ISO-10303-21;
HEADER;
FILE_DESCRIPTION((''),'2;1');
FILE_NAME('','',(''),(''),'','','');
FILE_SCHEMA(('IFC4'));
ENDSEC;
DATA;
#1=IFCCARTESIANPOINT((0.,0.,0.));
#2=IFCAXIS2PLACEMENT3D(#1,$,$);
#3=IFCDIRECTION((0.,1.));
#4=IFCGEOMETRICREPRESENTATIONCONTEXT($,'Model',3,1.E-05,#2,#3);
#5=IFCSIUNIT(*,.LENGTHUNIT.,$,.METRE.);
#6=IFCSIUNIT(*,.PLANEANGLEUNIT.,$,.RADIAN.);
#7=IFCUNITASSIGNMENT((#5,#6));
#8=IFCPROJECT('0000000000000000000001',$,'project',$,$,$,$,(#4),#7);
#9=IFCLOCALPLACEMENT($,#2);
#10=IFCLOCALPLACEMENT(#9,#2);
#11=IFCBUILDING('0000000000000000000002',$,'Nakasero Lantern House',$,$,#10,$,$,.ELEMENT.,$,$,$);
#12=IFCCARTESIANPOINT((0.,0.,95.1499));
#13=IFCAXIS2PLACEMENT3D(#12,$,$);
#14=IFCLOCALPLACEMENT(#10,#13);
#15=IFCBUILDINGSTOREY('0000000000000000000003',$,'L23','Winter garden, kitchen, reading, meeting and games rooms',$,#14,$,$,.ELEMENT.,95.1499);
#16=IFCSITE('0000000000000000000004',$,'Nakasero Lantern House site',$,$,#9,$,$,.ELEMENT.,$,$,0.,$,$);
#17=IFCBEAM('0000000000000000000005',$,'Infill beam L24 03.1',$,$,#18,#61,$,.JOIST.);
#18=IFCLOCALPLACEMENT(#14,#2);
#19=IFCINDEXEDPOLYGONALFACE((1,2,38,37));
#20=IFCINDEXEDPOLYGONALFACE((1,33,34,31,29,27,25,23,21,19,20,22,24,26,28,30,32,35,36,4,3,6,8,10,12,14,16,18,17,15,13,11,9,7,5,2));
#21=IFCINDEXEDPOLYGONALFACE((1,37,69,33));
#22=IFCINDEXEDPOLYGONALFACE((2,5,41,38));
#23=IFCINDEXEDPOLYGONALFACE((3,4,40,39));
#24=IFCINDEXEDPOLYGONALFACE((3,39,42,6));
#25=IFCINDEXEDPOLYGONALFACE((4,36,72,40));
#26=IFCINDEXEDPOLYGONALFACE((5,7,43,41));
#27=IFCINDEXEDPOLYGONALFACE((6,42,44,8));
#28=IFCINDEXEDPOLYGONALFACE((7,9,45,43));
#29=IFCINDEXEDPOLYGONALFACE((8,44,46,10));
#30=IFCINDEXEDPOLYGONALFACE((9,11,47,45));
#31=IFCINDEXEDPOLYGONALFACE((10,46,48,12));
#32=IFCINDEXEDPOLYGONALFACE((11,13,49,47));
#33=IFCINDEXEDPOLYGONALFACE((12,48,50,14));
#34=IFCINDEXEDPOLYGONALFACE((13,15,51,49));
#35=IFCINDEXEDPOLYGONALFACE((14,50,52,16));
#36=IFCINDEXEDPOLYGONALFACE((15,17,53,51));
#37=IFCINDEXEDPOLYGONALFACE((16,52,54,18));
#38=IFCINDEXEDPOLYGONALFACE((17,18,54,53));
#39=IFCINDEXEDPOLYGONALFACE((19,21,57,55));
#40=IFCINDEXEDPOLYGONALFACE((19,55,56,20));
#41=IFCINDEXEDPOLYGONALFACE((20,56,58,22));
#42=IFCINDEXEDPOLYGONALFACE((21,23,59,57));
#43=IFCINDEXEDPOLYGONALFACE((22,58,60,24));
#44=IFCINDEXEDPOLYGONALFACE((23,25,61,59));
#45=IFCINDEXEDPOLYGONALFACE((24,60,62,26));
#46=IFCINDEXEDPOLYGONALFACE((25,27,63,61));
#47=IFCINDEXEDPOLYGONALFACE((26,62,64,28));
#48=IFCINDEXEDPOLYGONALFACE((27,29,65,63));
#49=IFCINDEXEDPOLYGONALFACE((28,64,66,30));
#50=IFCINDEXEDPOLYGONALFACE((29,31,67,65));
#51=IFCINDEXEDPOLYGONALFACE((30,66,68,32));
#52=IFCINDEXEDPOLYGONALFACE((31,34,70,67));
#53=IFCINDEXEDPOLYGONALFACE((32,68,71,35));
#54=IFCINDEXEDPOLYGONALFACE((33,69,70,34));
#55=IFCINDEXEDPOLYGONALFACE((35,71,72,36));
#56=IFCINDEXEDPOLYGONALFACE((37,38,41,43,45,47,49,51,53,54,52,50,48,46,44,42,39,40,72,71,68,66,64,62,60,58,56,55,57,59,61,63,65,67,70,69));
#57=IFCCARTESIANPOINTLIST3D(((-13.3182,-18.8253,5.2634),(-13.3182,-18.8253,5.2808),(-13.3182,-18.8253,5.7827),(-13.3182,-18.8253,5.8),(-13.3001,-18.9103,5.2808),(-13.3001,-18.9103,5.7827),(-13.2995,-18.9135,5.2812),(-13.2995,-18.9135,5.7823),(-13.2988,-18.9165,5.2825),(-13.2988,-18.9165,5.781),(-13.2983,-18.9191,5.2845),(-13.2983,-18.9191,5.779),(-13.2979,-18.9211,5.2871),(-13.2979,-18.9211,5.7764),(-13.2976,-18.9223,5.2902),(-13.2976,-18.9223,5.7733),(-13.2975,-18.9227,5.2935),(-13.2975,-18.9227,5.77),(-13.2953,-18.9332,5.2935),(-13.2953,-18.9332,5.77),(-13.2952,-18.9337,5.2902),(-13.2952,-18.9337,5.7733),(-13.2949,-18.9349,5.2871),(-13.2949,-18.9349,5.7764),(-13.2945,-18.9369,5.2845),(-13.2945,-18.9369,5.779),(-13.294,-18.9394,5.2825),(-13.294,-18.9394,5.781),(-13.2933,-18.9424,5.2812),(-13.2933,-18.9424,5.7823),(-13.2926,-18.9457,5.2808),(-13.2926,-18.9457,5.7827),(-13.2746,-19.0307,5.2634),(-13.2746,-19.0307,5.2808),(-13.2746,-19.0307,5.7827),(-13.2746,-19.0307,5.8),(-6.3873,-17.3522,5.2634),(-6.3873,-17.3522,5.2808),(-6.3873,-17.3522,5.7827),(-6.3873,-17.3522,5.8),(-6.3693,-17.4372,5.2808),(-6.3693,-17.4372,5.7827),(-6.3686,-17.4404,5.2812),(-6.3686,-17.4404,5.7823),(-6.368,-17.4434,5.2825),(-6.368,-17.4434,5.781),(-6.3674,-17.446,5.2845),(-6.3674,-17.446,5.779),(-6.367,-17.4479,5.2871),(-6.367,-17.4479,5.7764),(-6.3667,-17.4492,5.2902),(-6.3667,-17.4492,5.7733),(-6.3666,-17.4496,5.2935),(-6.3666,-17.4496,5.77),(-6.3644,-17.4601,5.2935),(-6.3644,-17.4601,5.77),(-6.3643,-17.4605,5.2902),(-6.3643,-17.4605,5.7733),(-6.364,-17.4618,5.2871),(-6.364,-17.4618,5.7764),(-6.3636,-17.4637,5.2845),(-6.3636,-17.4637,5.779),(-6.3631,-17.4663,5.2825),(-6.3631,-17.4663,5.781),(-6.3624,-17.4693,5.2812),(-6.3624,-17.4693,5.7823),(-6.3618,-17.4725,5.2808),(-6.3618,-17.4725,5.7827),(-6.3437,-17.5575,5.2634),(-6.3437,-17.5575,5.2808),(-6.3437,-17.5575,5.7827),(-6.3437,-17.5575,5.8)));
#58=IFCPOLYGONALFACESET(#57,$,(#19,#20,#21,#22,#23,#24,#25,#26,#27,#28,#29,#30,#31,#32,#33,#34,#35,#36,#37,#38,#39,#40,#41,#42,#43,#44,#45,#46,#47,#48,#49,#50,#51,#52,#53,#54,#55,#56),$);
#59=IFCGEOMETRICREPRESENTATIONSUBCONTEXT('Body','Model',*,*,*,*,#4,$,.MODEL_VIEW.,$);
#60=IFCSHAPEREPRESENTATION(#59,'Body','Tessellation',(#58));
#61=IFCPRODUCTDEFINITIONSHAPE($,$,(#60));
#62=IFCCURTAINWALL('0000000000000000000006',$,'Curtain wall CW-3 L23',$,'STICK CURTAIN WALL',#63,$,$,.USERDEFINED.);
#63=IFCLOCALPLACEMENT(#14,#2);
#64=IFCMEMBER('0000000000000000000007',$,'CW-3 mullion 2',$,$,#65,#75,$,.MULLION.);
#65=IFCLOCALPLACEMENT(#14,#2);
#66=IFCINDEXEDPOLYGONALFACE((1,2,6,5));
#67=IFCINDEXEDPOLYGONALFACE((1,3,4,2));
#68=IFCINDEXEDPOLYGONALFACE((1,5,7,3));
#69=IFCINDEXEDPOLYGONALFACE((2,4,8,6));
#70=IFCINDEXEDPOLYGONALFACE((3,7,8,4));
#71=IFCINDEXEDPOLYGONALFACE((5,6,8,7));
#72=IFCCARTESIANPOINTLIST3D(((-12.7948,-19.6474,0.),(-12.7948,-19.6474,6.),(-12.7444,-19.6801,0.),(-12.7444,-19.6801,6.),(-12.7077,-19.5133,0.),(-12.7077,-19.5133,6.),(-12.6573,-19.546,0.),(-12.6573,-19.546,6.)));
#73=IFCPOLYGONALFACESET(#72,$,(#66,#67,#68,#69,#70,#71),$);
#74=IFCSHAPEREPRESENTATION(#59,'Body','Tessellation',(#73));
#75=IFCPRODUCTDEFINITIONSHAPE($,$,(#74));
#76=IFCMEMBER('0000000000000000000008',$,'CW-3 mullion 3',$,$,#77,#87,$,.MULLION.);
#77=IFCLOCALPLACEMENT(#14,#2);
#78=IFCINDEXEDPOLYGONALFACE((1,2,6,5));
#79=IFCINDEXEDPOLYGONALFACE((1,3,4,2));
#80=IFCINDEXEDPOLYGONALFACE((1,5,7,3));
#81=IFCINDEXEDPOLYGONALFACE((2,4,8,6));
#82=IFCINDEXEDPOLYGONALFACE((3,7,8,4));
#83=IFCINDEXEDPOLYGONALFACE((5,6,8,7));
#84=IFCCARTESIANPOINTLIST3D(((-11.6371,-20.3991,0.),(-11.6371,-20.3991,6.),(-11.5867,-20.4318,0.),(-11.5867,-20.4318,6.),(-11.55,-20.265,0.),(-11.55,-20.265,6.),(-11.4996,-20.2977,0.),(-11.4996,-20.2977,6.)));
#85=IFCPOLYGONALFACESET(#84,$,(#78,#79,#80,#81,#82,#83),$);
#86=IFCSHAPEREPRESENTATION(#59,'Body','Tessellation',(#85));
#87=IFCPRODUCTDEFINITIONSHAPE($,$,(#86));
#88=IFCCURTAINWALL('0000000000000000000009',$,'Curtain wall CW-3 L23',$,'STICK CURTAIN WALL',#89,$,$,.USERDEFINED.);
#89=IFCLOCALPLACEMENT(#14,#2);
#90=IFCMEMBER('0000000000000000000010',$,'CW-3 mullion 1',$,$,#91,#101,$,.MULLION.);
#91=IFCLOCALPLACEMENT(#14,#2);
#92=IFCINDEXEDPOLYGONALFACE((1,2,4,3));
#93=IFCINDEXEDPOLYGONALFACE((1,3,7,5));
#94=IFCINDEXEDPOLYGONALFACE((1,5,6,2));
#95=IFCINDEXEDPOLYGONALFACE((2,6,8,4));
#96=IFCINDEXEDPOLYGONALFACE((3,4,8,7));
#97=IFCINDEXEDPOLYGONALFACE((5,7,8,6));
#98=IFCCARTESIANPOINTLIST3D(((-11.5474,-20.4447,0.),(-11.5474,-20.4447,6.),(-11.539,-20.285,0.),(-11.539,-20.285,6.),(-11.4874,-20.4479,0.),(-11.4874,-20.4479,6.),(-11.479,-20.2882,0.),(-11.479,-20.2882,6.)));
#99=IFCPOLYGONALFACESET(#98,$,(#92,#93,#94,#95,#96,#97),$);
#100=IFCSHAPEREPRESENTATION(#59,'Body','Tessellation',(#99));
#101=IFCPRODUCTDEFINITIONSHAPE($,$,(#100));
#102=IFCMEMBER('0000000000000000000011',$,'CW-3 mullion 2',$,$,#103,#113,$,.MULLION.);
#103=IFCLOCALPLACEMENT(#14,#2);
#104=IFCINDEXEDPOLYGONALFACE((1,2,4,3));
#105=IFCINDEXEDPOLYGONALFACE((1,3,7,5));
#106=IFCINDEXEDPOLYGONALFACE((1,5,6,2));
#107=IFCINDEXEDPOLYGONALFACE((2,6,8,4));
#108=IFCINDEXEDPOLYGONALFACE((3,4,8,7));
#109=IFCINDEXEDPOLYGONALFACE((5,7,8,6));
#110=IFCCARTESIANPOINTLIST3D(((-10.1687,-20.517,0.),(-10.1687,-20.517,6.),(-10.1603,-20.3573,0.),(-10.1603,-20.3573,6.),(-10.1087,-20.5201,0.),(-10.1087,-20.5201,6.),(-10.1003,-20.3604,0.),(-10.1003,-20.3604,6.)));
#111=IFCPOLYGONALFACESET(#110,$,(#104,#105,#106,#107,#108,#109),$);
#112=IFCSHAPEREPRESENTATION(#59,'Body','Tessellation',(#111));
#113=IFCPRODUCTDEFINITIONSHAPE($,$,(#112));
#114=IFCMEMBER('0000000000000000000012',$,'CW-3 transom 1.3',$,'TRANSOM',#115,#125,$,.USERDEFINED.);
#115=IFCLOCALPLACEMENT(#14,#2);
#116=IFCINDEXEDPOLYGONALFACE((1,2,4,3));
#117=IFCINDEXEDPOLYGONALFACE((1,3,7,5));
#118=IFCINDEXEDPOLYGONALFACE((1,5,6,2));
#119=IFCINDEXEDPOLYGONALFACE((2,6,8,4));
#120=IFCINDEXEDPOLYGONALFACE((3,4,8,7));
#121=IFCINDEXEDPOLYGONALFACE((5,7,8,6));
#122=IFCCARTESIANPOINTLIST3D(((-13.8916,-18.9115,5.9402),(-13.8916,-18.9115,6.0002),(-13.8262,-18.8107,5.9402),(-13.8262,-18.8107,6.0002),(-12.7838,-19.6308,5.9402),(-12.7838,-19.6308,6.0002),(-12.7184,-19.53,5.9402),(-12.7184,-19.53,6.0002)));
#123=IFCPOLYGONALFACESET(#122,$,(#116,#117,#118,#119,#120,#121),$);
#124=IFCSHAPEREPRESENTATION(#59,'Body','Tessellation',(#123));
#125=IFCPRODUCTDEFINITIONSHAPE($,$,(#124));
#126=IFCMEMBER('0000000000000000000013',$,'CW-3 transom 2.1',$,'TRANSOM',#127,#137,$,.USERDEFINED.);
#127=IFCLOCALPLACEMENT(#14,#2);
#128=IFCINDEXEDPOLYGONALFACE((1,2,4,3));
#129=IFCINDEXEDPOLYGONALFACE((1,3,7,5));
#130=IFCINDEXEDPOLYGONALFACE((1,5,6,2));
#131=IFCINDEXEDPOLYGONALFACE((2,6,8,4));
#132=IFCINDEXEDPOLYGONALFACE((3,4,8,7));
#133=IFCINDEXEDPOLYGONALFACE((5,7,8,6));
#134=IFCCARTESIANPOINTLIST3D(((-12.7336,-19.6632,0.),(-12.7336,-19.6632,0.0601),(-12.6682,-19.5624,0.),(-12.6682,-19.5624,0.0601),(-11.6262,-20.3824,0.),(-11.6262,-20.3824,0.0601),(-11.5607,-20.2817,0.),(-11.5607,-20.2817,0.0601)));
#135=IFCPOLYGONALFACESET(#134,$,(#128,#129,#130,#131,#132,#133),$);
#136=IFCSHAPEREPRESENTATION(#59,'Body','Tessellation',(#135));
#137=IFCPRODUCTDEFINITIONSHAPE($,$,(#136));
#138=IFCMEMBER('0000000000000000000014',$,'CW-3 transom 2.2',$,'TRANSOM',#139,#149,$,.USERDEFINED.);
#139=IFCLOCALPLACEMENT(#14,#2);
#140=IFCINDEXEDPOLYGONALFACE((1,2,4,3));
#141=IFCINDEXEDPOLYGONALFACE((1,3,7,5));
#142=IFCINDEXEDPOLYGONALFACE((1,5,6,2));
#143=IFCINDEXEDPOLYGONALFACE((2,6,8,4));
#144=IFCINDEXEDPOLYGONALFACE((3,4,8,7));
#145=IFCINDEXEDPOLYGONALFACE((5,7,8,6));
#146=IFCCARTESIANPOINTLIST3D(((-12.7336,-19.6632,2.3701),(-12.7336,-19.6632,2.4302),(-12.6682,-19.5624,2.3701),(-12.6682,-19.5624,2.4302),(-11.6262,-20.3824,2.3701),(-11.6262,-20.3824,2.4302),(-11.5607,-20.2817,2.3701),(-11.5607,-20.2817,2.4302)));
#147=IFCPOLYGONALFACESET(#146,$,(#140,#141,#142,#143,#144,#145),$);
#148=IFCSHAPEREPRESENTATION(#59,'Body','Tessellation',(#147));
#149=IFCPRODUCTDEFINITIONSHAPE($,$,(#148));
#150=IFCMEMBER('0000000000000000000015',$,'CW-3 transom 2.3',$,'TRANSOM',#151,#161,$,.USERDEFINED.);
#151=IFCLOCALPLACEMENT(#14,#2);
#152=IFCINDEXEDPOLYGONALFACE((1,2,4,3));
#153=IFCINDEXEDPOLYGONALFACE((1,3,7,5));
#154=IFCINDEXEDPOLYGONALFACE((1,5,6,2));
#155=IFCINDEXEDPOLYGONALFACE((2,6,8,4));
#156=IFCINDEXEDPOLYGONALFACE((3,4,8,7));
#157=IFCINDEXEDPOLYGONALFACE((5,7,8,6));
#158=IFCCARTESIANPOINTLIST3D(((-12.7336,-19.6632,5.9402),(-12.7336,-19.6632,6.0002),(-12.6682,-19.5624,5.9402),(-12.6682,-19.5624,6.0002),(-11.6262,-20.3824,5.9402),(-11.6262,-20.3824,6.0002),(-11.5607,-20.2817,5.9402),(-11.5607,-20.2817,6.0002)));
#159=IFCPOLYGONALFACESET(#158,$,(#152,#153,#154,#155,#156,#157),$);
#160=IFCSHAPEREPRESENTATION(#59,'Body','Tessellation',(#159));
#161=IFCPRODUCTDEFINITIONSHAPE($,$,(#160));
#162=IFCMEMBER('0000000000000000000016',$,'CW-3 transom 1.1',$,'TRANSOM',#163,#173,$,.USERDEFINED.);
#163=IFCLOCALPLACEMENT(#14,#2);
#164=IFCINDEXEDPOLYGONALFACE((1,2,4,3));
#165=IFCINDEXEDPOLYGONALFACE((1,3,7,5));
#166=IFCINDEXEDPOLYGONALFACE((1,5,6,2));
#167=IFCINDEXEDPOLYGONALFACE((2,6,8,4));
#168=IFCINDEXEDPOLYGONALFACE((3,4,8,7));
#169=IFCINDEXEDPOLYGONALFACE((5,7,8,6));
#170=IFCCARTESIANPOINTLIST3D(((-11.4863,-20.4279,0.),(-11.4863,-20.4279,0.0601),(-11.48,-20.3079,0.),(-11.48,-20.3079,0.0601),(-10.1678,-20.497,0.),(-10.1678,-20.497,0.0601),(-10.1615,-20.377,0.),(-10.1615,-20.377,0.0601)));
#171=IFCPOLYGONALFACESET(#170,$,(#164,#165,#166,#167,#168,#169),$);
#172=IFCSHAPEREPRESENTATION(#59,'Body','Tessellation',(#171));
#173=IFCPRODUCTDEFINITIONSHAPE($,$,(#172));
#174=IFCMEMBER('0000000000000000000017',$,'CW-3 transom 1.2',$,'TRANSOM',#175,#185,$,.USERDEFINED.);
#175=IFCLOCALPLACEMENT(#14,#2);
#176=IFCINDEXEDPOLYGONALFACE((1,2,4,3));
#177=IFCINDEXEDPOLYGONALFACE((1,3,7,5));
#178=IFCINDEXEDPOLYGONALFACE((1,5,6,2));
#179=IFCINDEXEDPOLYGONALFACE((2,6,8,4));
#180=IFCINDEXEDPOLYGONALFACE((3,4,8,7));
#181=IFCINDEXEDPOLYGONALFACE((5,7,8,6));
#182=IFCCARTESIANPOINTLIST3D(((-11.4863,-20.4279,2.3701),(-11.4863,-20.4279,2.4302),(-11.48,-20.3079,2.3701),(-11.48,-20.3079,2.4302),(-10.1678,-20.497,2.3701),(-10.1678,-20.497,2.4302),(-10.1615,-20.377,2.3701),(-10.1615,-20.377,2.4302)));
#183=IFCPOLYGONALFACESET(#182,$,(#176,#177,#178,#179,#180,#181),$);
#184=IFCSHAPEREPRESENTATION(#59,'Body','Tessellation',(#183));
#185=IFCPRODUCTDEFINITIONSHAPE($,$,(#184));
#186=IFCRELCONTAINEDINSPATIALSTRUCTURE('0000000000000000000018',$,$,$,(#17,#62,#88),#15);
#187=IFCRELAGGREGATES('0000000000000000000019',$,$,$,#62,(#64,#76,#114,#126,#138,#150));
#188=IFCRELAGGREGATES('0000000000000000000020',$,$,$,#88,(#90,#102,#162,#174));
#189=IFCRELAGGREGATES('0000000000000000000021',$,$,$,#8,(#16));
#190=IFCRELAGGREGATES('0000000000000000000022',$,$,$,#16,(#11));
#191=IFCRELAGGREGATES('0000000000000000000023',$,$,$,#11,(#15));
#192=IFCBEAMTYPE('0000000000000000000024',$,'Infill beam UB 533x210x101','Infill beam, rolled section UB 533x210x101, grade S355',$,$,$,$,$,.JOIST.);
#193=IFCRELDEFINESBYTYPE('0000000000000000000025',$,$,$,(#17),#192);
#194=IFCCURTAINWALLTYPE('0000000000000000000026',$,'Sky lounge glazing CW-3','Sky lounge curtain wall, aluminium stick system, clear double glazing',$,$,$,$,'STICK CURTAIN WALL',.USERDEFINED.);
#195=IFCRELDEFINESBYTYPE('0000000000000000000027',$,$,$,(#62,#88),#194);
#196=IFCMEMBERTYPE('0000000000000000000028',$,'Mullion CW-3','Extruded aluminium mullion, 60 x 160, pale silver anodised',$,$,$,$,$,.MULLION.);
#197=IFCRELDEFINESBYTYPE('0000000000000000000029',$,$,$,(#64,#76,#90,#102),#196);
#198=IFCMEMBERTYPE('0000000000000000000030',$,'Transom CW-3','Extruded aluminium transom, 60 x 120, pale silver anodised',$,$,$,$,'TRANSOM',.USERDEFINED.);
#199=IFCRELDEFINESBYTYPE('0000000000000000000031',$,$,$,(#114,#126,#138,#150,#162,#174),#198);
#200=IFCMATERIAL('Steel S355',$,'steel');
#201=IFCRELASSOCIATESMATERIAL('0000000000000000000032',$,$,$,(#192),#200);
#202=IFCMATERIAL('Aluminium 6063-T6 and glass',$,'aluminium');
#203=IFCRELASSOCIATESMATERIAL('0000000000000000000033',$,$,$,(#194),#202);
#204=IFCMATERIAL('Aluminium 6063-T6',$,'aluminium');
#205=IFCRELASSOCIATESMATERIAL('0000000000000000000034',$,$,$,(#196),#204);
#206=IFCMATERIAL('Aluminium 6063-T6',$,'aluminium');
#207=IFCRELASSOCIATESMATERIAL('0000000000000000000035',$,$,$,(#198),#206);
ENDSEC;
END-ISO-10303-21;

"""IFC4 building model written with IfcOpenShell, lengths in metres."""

from ifc_helpers import new_model, si_unit, direction, frame, origin, origin_2d, place, context, subcontext, project, spatial, rectangle, i_section, extrude, material, material_profile, profile_set, type_object, element, aggregate, save


model = new_model("IFC4")

# Units and contexts
model_context = context("Model", 3, precision=1e-05, world=origin(), true_north=direction((0.0, 1.0)))
body_context = subcontext(model_context, "Body", "Model", "MODEL_VIEW")
ifc_project = project(units=[si_unit("LENGTHUNIT", "METRE"), si_unit("PLANEANGLEUNIT", "RADIAN")], contexts=[model_context])

# Site, building, storey
site_placement = place(None, origin())
site = spatial("IfcSite", under=ifc_project, at=site_placement, Name="Nakasero Lantern House site", CompositionType="ELEMENT", RefElevation=0.0)
building_placement = place(site_placement, origin())
building = spatial("IfcBuilding", under=site, at=building_placement, Name="Nakasero Lantern House", CompositionType="ELEMENT")
storey_placement = place(building_placement, frame((0.0, 0.0, 95.1499)))
storey = spatial("IfcBuildingStorey", under=building, at=storey_placement, Name="L23", Description="Winter garden, kitchen, reading, meeting and games rooms", CompositionType="ELEMENT", Elevation=95.1499)

# Beam
ifc_material_1 = material(Name="Steel S355", Category="steel")
ifc_material_profile_1 = material_profile(ifc_material_1, i_section(OverallWidth=0.21, OverallDepth=0.5366, WebThickness=0.0107, FlangeThickness=0.0173, FilletRadius=0.0127, at=origin_2d()), Name="UB 533x210x101")
ifc_profile_set_1 = profile_set([ifc_material_profile_1], Name="Steel S355")
beam_type = type_object("IfcBeamType", Name="Infill beam UB 533x210x101", Description="Infill beam, rolled section UB 533x210x101, grade S355", PredefinedType="JOIST", material=ifc_profile_set_1)
beam_placement = place(storey_placement, frame((-13.2964, -18.928, 5.5317), z_axis=(0.978149, 0.207903, 0.0), x_axis=(-0.207903, 0.978149, 0.0)))
element("IfcBeam", 1, at=beam_placement, inside=storey, type_object=beam_type, Name="Infill beam L24 03.1", PredefinedType="JOIST", context=body_context, shape_type="SweptSolid", body=[
    extrude(i_section(OverallWidth=0.21, OverallDepth=0.5366, WebThickness=0.0107, FlangeThickness=0.0173, FilletRadius=0.0127, at=origin_2d()), origin(), (0.0, 0.0, 1.0), 7.0857),
])

# Curtain walls, members
ifc_material_2 = material(Name="Aluminium 6063-T6 and glass", Category="aluminium")
curtain_wall_type = type_object("IfcCurtainWallType", Name="Sky lounge glazing CW-3", Description="Sky lounge curtain wall, aluminium stick system, clear double glazing", ElementType="STICK CURTAIN WALL", PredefinedType="USERDEFINED", material=ifc_material_2)
curtain_wall_1_placement = place(storey_placement, origin())
curtain_wall_1 = element("IfcCurtainWall", 2, at=curtain_wall_1_placement, inside=storey, type_object=curtain_wall_type, Name="Curtain wall CW-3 L23", ObjectType="STICK CURTAIN WALL", PredefinedType="USERDEFINED")
ifc_material_3 = material(Name="Aluminium 6063-T6", Category="aluminium")
ifc_material_profile_2 = material_profile(ifc_material_3, rectangle(XDim=0.0601, YDim=0.1599, at=origin_2d()), Name="CW-3 mullion 60x160")
ifc_profile_set_2 = profile_set([ifc_material_profile_2], Name="Aluminium 6063-T6")
member_type_1 = type_object("IfcMemberType", Name="Mullion CW-3", Description="Extruded aluminium mullion, 60 x 160, pale silver anodised", PredefinedType="MULLION", material=ifc_profile_set_2)
member_1_placement = place(storey_placement, frame((-12.7261, -19.5967, 0.0), z_axis=(0.0, 0.0, 1.0), x_axis=(0.838671, -0.544639, 0.0)))
member_1 = element("IfcMember", 3, at=member_1_placement, type_object=member_type_1, Name="CW-3 mullion 2", PredefinedType="MULLION", context=body_context, shape_type="SweptSolid", body=[
    extrude(rectangle(XDim=0.0601, YDim=0.1599, at=origin_2d()), origin(), (0.0, 0.0, 1.0), 6.0),
])
member_2_placement = place(storey_placement, frame((-11.5684, -20.3484, 0.0), z_axis=(0.0, 0.0, 1.0), x_axis=(0.838671, -0.544639, 0.0)))
member_2 = element("IfcMember", 4, at=member_2_placement, type_object=member_type_1, Name="CW-3 mullion 3", PredefinedType="MULLION", context=body_context, shape_type="SweptSolid", body=[
    extrude(rectangle(XDim=0.0601, YDim=0.1599, at=origin_2d()), origin(), (0.0, 0.0, 1.0), 6.0),
])
curtain_wall_2_placement = place(storey_placement, origin())
curtain_wall_2 = element("IfcCurtainWall", 5, at=curtain_wall_2_placement, inside=storey, type_object=curtain_wall_type, Name="Curtain wall CW-3 L23", ObjectType="STICK CURTAIN WALL", PredefinedType="USERDEFINED")
member_3_placement = place(storey_placement, frame((-11.5132, -20.3665, 0.0), z_axis=(0.0, 0.0, 1.0), x_axis=(0.99863, -0.052336, 0.0)))
member_3 = element("IfcMember", 6, at=member_3_placement, type_object=member_type_1, Name="CW-3 mullion 1", PredefinedType="MULLION", context=body_context, shape_type="SweptSolid", body=[
    extrude(rectangle(XDim=0.0601, YDim=0.1599, at=origin_2d()), origin(), (0.0, 0.0, 1.0), 6.0),
])
member_4_placement = place(storey_placement, frame((-10.1345, -20.4387, 0.0), z_axis=(0.0, 0.0, 1.0), x_axis=(0.99863, -0.052336, 0.0)))
member_4 = element("IfcMember", 7, at=member_4_placement, type_object=member_type_1, Name="CW-3 mullion 2", PredefinedType="MULLION", context=body_context, shape_type="SweptSolid", body=[
    extrude(rectangle(XDim=0.0601, YDim=0.1599, at=origin_2d()), origin(), (0.0, 0.0, 1.0), 6.0),
])

# Members
ifc_material_4 = material(Name="Aluminium 6063-T6", Category="aluminium")
ifc_material_profile_3 = material_profile(ifc_material_4, rectangle(XDim=0.0601, YDim=0.1201, at=origin_2d()), Name="CW-3 transom 60x120")
ifc_profile_set_3 = profile_set([ifc_material_profile_3], Name="Aluminium 6063-T6")
member_type_2 = type_object("IfcMemberType", Name="Transom CW-3", Description="Extruded aluminium transom, 60 x 120, pale silver anodised", ElementType="TRANSOM", PredefinedType="USERDEFINED", material=ifc_profile_set_3)
member_5_placement = place(storey_placement, frame((-13.8589, -18.8611, 5.9702), z_axis=(0.838701, -0.544592, 0.0), x_axis=(0.0, 0.0, 1.0)))
member_5 = element("IfcMember", 8, at=member_5_placement, type_object=member_type_2, Name="CW-3 transom 1.3", ObjectType="TRANSOM", PredefinedType="USERDEFINED", context=body_context, shape_type="SweptSolid", body=[
    extrude(rectangle(XDim=0.0601, YDim=0.1201, at=origin_2d()), origin(), (0.0, 0.0, 1.0), 1.3208),
])
member_6_placement = place(storey_placement, frame((-12.7009, -19.6128, 0.03), z_axis=(0.838646, -0.544676, 0.0), x_axis=(0.0, 0.0, 1.0)))
member_6 = element("IfcMember", 9, at=member_6_placement, type_object=member_type_2, Name="CW-3 transom 2.1", ObjectType="TRANSOM", PredefinedType="USERDEFINED", context=body_context, shape_type="SweptSolid", body=[
    extrude(rectangle(XDim=0.0601, YDim=0.1201, at=origin_2d()), origin(), (0.0, 0.0, 1.0), 1.3206),
])
member_7_placement = place(storey_placement, frame((-12.7009, -19.6128, 2.4001), z_axis=(0.838646, -0.544676, 0.0), x_axis=(0.0, 0.0, 1.0)))
member_7 = element("IfcMember", 10, at=member_7_placement, type_object=member_type_2, Name="CW-3 transom 2.2", ObjectType="TRANSOM", PredefinedType="USERDEFINED", context=body_context, shape_type="SweptSolid", body=[
    extrude(rectangle(XDim=0.0601, YDim=0.1201, at=origin_2d()), origin(), (0.0, 0.0, 1.0), 1.3206),
])
member_8_placement = place(storey_placement, frame((-12.7009, -19.6128, 5.9702), z_axis=(0.838646, -0.544676, 0.0), x_axis=(0.0, 0.0, 1.0)))
member_8 = element("IfcMember", 11, at=member_8_placement, type_object=member_type_2, Name="CW-3 transom 2.3", ObjectType="TRANSOM", PredefinedType="USERDEFINED", context=body_context, shape_type="SweptSolid", body=[
    extrude(rectangle(XDim=0.0601, YDim=0.1201, at=origin_2d()), origin(), (0.0, 0.0, 1.0), 1.3206),
])
member_9_placement = place(storey_placement, frame((-11.4832, -20.3679, 0.03), z_axis=(0.99863, -0.052326, 0.0), x_axis=(0.0, 0.0, 1.0)))
member_9 = element("IfcMember", 12, at=member_9_placement, type_object=member_type_2, Name="CW-3 transom 1.1", ObjectType="TRANSOM", PredefinedType="USERDEFINED", context=body_context, shape_type="SweptSolid", body=[
    extrude(rectangle(XDim=0.0601, YDim=0.1201, at=origin_2d()), origin(), (0.0, 0.0, 1.0), 1.3203),
])
member_10_placement = place(storey_placement, frame((-11.4832, -20.3679, 2.4001), z_axis=(0.99863, -0.052326, 0.0), x_axis=(0.0, 0.0, 1.0)))
member_10 = element("IfcMember", 13, at=member_10_placement, type_object=member_type_2, Name="CW-3 transom 1.2", ObjectType="TRANSOM", PredefinedType="USERDEFINED", context=body_context, shape_type="SweptSolid", body=[
    extrude(rectangle(XDim=0.0601, YDim=0.1201, at=origin_2d()), origin(), (0.0, 0.0, 1.0), 1.3203),
])

aggregate(curtain_wall_1, [member_1, member_2, member_5, member_6, member_7, member_8])
aggregate(curtain_wall_2, [member_3, member_4, member_9, member_10])

save(model, "model.ifc")
